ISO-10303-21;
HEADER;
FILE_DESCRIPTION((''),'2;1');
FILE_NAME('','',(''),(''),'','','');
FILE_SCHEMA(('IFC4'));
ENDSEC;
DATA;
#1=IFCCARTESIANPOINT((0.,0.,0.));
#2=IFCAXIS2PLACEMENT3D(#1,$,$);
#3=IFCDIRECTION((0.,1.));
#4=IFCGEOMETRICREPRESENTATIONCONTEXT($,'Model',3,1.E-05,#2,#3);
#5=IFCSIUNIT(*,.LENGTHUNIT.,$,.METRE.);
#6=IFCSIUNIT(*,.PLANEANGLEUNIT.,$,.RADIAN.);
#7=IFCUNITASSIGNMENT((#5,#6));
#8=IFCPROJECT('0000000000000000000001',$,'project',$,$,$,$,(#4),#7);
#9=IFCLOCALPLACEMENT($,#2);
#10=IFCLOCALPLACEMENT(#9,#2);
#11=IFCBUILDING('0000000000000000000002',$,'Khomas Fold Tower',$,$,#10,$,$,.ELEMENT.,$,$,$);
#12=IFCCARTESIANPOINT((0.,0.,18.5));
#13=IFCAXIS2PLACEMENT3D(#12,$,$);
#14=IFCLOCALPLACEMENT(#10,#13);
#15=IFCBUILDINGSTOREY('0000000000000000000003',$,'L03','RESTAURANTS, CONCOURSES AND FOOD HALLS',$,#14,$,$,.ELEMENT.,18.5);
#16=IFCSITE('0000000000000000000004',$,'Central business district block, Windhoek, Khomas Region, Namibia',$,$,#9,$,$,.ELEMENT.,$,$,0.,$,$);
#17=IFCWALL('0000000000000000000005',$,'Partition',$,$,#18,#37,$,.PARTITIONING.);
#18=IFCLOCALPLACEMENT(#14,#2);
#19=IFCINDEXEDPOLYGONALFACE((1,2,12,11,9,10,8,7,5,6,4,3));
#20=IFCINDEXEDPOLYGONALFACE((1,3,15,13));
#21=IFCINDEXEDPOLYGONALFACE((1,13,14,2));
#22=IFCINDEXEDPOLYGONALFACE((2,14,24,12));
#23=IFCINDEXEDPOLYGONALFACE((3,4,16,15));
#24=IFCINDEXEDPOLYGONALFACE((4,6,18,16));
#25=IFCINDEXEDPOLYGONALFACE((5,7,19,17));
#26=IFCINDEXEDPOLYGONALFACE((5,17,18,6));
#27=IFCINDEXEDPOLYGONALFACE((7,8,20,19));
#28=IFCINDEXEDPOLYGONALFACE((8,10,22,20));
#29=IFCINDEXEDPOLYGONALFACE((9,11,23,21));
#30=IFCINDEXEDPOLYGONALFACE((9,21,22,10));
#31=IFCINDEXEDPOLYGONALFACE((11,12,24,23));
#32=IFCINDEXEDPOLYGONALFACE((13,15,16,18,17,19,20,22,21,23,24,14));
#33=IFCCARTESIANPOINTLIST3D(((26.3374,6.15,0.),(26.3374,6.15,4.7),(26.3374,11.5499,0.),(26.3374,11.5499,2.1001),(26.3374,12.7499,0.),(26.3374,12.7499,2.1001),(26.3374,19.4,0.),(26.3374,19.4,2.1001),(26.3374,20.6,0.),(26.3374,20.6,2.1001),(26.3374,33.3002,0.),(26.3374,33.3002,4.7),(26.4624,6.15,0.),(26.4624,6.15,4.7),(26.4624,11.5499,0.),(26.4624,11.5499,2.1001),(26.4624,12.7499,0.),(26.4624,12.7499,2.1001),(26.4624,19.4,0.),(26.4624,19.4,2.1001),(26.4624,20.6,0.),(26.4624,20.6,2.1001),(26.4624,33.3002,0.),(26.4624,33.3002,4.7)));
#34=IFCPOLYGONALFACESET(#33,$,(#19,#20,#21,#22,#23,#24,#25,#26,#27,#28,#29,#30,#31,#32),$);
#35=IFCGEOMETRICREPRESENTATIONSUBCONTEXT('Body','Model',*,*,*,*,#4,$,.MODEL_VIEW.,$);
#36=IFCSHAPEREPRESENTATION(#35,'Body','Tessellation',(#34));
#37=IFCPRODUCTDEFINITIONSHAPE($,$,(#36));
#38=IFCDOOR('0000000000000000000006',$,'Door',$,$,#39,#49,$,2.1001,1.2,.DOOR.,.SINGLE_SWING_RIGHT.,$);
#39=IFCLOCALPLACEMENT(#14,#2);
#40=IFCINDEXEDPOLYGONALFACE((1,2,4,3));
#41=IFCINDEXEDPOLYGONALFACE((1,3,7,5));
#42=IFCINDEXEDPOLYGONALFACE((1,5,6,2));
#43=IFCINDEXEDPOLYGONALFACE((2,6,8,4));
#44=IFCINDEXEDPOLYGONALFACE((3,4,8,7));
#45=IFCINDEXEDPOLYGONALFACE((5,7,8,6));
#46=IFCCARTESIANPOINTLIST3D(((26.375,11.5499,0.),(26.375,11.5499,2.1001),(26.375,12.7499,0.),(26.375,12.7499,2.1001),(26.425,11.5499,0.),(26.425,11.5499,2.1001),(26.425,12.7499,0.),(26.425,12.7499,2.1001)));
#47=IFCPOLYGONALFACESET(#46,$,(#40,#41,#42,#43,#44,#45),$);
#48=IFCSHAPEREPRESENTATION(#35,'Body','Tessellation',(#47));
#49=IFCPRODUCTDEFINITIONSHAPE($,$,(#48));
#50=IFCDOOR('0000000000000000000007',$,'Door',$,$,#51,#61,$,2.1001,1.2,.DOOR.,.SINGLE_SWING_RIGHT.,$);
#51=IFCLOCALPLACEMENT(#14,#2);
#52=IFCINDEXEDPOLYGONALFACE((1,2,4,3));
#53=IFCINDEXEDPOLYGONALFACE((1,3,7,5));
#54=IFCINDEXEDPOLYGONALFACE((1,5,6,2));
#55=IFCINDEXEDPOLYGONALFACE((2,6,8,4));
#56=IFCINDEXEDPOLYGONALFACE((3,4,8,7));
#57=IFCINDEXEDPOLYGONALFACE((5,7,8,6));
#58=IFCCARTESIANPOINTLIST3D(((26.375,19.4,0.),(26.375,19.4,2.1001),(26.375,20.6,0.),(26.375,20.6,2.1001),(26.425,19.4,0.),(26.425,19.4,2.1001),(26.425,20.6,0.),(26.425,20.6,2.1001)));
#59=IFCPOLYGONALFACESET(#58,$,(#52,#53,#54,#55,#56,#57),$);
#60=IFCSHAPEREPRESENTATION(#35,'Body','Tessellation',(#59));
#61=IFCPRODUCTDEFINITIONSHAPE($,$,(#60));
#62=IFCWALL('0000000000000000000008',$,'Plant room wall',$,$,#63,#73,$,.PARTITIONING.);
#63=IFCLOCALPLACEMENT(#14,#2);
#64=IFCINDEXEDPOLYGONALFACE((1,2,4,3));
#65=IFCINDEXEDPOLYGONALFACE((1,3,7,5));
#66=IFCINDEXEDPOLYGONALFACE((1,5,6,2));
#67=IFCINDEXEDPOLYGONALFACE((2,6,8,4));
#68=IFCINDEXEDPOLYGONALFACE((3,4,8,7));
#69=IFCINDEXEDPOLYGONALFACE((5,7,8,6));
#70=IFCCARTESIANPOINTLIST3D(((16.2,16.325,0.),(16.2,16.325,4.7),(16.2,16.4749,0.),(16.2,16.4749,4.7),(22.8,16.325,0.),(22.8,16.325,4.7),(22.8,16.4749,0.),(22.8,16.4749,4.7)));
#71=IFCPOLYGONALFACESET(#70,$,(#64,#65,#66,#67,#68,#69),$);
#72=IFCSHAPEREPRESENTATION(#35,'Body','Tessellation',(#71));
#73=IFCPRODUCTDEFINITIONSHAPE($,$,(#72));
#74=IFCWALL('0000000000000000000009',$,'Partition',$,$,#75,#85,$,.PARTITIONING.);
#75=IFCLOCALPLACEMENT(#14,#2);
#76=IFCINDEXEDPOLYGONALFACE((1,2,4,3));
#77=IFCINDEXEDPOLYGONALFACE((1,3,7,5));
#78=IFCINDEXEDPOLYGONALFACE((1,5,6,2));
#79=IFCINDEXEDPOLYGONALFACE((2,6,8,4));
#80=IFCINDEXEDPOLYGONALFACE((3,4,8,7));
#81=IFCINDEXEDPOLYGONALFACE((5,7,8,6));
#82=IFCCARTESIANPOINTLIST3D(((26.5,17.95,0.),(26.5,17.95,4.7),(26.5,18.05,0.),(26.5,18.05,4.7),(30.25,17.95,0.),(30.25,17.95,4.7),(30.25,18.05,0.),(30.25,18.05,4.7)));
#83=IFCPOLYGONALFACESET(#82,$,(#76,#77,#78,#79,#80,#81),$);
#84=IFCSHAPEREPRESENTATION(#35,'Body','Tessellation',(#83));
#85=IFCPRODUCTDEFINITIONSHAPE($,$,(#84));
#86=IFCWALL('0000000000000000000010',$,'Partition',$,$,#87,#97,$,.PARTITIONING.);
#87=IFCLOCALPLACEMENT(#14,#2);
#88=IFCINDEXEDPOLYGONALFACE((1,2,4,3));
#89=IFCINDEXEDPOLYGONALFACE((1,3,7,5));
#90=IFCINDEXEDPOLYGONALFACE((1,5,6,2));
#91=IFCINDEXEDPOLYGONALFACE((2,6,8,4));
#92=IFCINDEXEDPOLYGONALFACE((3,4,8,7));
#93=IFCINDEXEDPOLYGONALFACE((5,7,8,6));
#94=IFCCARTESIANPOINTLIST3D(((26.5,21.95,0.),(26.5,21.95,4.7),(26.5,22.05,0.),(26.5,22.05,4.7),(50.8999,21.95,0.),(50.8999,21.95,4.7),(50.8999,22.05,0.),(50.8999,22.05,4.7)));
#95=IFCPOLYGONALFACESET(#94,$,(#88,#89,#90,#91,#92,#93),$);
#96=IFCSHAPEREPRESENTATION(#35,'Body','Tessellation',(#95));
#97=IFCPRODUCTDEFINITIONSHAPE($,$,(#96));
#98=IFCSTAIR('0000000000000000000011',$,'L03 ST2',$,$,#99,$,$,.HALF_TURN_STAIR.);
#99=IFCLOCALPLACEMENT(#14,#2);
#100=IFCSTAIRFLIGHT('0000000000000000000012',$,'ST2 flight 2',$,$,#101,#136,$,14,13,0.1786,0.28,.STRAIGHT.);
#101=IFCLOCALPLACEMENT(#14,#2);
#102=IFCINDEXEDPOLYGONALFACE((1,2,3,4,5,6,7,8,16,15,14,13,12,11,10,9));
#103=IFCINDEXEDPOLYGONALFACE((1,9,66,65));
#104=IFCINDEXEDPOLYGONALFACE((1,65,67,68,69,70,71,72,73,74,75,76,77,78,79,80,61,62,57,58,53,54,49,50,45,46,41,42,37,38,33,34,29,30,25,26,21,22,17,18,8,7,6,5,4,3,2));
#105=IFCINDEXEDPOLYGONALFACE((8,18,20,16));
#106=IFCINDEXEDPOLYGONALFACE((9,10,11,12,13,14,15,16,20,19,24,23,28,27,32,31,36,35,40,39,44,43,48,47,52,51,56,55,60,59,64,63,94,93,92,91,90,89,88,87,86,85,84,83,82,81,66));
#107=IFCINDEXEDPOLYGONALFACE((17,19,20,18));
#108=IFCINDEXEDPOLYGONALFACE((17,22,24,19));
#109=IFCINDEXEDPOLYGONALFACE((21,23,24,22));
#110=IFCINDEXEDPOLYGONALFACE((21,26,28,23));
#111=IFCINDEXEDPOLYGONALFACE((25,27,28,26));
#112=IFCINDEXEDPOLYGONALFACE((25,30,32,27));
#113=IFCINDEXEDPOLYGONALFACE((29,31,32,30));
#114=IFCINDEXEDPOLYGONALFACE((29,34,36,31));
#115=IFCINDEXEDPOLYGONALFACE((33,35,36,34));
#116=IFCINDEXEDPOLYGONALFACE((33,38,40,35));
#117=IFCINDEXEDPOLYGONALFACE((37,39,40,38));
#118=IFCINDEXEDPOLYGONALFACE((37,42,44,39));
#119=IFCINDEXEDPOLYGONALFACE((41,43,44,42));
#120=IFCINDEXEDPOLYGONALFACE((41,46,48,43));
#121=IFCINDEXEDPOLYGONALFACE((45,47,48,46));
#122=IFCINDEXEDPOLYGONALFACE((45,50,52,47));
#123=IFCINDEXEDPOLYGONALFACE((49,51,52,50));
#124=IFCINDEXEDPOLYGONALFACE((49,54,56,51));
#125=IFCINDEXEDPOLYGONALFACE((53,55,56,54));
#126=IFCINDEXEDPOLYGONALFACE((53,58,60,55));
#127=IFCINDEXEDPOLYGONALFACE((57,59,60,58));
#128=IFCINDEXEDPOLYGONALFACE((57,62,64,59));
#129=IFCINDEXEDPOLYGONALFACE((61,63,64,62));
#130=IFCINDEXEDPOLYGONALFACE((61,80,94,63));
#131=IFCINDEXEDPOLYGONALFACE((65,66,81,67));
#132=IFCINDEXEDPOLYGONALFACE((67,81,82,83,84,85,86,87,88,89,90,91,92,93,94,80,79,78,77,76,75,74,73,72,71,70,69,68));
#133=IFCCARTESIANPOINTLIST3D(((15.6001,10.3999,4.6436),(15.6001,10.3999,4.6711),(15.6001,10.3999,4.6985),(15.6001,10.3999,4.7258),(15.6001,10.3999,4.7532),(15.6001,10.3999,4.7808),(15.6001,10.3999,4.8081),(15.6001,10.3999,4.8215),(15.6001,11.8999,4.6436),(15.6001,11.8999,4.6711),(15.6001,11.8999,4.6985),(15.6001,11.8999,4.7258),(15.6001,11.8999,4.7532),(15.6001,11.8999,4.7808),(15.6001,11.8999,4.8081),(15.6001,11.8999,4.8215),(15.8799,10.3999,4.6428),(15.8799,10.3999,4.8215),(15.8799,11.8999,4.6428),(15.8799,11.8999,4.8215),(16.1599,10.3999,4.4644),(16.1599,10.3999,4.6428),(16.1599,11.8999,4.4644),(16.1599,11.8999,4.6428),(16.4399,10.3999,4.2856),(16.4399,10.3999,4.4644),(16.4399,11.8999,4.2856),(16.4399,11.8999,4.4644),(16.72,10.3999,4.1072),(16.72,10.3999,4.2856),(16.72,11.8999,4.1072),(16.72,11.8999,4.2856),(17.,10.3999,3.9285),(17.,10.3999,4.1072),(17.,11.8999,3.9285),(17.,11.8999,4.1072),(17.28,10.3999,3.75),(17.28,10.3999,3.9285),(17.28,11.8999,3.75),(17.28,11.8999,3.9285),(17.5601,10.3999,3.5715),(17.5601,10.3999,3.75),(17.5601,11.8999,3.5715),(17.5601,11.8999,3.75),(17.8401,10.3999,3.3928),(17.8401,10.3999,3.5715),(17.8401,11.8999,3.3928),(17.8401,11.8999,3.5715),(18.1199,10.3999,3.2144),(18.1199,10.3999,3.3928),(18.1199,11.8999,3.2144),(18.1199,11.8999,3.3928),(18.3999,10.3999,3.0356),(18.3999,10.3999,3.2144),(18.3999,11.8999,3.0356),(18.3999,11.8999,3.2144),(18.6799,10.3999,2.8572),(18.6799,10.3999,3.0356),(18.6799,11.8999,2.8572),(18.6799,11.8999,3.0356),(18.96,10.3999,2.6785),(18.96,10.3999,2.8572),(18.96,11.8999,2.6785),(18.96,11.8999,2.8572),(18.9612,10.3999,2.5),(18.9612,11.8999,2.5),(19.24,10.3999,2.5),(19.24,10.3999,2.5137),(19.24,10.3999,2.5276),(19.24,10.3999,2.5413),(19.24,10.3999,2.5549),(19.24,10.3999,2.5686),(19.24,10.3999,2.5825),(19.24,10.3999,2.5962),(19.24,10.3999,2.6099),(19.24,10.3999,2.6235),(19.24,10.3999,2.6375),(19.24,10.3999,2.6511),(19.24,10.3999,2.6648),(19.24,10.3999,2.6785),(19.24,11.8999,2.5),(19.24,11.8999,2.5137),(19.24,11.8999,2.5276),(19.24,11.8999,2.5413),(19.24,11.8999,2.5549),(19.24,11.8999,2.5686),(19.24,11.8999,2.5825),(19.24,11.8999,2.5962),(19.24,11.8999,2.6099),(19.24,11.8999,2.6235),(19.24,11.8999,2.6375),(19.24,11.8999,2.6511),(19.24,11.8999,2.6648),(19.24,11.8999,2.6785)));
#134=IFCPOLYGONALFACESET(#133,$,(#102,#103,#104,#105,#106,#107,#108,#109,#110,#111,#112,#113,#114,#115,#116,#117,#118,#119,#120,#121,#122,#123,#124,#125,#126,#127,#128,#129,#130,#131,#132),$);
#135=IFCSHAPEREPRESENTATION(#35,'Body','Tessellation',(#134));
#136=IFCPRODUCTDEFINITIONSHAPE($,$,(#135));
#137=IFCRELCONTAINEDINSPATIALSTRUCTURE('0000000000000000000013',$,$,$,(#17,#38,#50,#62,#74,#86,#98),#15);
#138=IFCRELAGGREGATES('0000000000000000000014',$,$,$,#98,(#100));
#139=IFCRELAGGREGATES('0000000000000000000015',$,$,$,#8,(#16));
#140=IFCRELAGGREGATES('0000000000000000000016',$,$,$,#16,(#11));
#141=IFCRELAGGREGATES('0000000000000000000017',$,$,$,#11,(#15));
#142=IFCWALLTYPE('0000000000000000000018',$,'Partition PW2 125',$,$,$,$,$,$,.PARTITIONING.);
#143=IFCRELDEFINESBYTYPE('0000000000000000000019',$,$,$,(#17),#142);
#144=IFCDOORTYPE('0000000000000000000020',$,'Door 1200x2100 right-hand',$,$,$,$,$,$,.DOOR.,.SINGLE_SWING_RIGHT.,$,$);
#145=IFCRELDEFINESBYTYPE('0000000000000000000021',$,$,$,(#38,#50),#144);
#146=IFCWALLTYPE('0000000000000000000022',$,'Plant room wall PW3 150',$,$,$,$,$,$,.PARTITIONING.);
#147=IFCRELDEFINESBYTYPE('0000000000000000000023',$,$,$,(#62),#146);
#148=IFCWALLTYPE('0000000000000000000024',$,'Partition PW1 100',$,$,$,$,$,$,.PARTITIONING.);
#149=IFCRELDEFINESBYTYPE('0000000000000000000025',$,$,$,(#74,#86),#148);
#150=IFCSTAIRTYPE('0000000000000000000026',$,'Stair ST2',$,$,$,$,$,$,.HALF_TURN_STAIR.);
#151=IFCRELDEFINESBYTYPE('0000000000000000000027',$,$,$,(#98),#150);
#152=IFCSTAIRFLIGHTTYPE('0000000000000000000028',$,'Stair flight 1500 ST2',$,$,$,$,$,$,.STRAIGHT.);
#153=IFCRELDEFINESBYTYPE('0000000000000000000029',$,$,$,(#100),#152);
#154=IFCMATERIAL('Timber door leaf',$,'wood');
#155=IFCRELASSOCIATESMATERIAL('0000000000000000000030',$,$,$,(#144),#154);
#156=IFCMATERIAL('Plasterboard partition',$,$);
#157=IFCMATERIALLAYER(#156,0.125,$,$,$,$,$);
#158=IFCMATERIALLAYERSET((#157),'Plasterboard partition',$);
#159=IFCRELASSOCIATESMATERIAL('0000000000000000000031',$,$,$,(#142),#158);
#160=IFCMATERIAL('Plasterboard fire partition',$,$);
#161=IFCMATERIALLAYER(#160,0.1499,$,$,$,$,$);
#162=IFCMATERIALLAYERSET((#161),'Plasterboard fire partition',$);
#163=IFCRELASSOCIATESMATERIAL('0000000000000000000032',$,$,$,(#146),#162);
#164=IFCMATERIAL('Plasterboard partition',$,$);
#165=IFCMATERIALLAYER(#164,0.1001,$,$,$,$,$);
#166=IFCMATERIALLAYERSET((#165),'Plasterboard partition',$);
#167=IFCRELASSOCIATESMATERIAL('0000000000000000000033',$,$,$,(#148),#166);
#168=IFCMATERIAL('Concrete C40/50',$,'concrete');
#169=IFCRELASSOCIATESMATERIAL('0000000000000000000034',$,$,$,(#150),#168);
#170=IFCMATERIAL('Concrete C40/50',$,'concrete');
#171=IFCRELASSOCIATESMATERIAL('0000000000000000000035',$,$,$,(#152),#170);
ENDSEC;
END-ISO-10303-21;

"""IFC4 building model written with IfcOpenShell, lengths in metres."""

from ifc_helpers import new_model, si_unit, direction, frame, frame_2d, origin, place, context, subcontext, project, spatial, polyline, rectangle, outline, extrude, source, transform, mapped, material, layer, layer_set, type_object, element, fill, aggregate, save


model = new_model("IFC4")

# Units and contexts
model_context = context("Model", 3, precision=1e-05, world=origin(), true_north=direction((0.0, 1.0)))
body_context = subcontext(model_context, "Body", "Model", "MODEL_VIEW")
ifc_project = project(units=[si_unit("LENGTHUNIT", "METRE"), si_unit("PLANEANGLEUNIT", "RADIAN")], contexts=[model_context])

# Site, building, storey
site_placement = place(None, origin())
site = spatial("IfcSite", under=ifc_project, at=site_placement, Name="Central business district block, Windhoek, Khomas Region, Namibia", CompositionType="ELEMENT", RefElevation=0.0)
building_placement = place(site_placement, origin())
building = spatial("IfcBuilding", under=site, at=building_placement, Name="Khomas Fold Tower", CompositionType="ELEMENT")
storey_placement = place(building_placement, frame((0.0, 0.0, 18.5)))
storey = spatial("IfcBuildingStorey", under=building, at=storey_placement, Name="L03", Description="RESTAURANTS, CONCOURSES AND FOOD HALLS", CompositionType="ELEMENT", Elevation=18.5)

# Shared definitions
ifc_material_1 = material(Name="Timber door leaf", Category="wood")
door_type_1 = type_object("IfcDoorType", Name="Door 1200x2100 right-hand", OperationType="SINGLE_SWING_RIGHT", PredefinedType="DOOR", material=ifc_material_1)

# Wall, openings, doors
ifc_material_2 = material(Name="Plasterboard partition")
ifc_layer_1 = layer(ifc_material_2, 0.125)
ifc_layer_set_1 = layer_set([ifc_layer_1], Name="Plasterboard partition")
wall_type_1 = type_object("IfcWallType", Name="Partition PW2 125", PredefinedType="PARTITIONING", material=ifc_layer_set_1)
shared_shape_1 = source(origin(), body_context, "Body", "SweptSolid", [
    extrude(rectangle(XDim=27.1501, YDim=0.125, at=frame_2d((13.5752, 0.0))), origin(), (0.0, 0.0, 1.0), 4.7),
])
wall_1_placement = place(storey_placement, frame((26.3999, 6.1499, 0.0), z_axis=(0.0, 0.0, 1.0), x_axis=(0.0, 1.0, 0.0)))
wall_1 = element("IfcWall", 1, at=wall_1_placement, inside=storey, type_object=wall_type_1, Name="Partition", PredefinedType="PARTITIONING", context=body_context, shape_type="MappedRepresentation", body=[
    mapped(shared_shape_1, transform((0.0, 0.0, 0.0))),
])
shared_shape_2 = source(origin(), body_context, "Body", "SweptSolid", [
    extrude(rectangle(XDim=1.2, YDim=2.1001, at=frame_2d((0.6001, 1.05))), frame((0.0, 0.0725, 0.0), z_axis=(0.0, -1.0, 0.0), x_axis=(1.0, 0.0, 0.0)), (0.0, 0.0, 1.0), 0.145),
])
opening_1_placement = place(wall_1_placement, frame((5.3999, 0.0, 0.0)))
opening_1 = element("IfcOpeningElement", 2, at=opening_1_placement, cuts=wall_1, PredefinedType="OPENING", context=body_context, shape_type="MappedRepresentation", body=[
    mapped(shared_shape_2, transform((0.0, 0.0, 0.0))),
])
opening_2_placement = place(wall_1_placement, frame((13.25, 0.0, 0.0)))
opening_2 = element("IfcOpeningElement", 3, at=opening_2_placement, cuts=wall_1, PredefinedType="OPENING", context=body_context, shape_type="MappedRepresentation", body=[
    mapped(shared_shape_2, transform((0.0, 0.0, 0.0))),
])
shared_shape_3 = source(origin(), body_context, "Body", "SweptSolid", [
    extrude(rectangle(XDim=1.2, YDim=2.1001, at=frame_2d((0.6001, 1.05))), frame((0.0, 0.0249, 0.0), z_axis=(0.0, -1.0, 0.0), x_axis=(1.0, 0.0, 0.0)), (0.0, 0.0, 1.0), 0.05),
])
door_1_placement = place(opening_1_placement, origin())
door_1 = element("IfcDoor", 4, at=door_1_placement, inside=storey, type_object=door_type_1, Name="Door", OperationType="SINGLE_SWING_RIGHT", OverallHeight=2.1001, OverallWidth=1.2, PredefinedType="DOOR", context=body_context, shape_type="MappedRepresentation", body=[
    mapped(shared_shape_3, transform((0.0, 0.0, 0.0))),
])
fill(opening_1, door_1)
door_2_placement = place(opening_2_placement, origin())
door_2 = element("IfcDoor", 5, at=door_2_placement, inside=storey, type_object=door_type_1, Name="Door", OperationType="SINGLE_SWING_RIGHT", OverallHeight=2.1001, OverallWidth=1.2, PredefinedType="DOOR", context=body_context, shape_type="MappedRepresentation", body=[
    mapped(shared_shape_3, transform((0.0, 0.0, 0.0))),
])
fill(opening_2, door_2)

# Walls
ifc_material_3 = material(Name="Plasterboard fire partition")
ifc_layer_2 = layer(ifc_material_3, 0.1499)
ifc_layer_set_2 = layer_set([ifc_layer_2], Name="Plasterboard fire partition")
wall_type_2 = type_object("IfcWallType", Name="Plant room wall PW3 150", PredefinedType="PARTITIONING", material=ifc_layer_set_2)
shared_shape_4 = source(origin(), body_context, "Body", "SweptSolid", [
    extrude(rectangle(XDim=6.6001, YDim=0.1499, at=frame_2d((3.3, 0.0))), origin(), (0.0, 0.0, 1.0), 4.7),
])
wall_2_placement = place(storey_placement, frame((16.2, 16.3999, 0.0), z_axis=(0.0, 0.0, 1.0), x_axis=(1.0, 0.0, 0.0)))
element("IfcWall", 6, at=wall_2_placement, inside=storey, type_object=wall_type_2, Name="Plant room wall", PredefinedType="PARTITIONING", context=body_context, shape_type="MappedRepresentation", body=[
    mapped(shared_shape_4, transform((0.0, 0.0, 0.0))),
])
ifc_material_4 = material(Name="Plasterboard partition")
ifc_layer_3 = layer(ifc_material_4, 0.1001)
ifc_layer_set_3 = layer_set([ifc_layer_3], Name="Plasterboard partition")
wall_type_3 = type_object("IfcWallType", Name="Partition PW1 100", PredefinedType="PARTITIONING", material=ifc_layer_set_3)
shared_shape_5 = source(origin(), body_context, "Body", "SweptSolid", [
    extrude(rectangle(XDim=3.75, YDim=0.1001, at=frame_2d((1.875, 0.0))), origin(), (0.0, 0.0, 1.0), 4.7),
])
wall_3_placement = place(storey_placement, frame((26.5, 18.0, 0.0), z_axis=(0.0, 0.0, 1.0), x_axis=(1.0, 0.0, 0.0)))
element("IfcWall", 7, at=wall_3_placement, inside=storey, type_object=wall_type_3, Name="Partition", PredefinedType="PARTITIONING", context=body_context, shape_type="MappedRepresentation", body=[
    mapped(shared_shape_5, transform((0.0, 0.0, 0.0))),
])
shared_shape_6 = source(origin(), body_context, "Body", "SweptSolid", [
    extrude(rectangle(XDim=24.3999, YDim=0.1001, at=frame_2d((12.2, 0.0))), origin(), (0.0, 0.0, 1.0), 4.7),
])
wall_4_placement = place(storey_placement, frame((26.5, 22.0, 0.0), z_axis=(0.0, 0.0, 1.0), x_axis=(1.0, 0.0, 0.0)))
element("IfcWall", 8, at=wall_4_placement, inside=storey, type_object=wall_type_3, Name="Partition", PredefinedType="PARTITIONING", context=body_context, shape_type="MappedRepresentation", body=[
    mapped(shared_shape_6, transform((0.0, 0.0, 0.0))),
])

# Stair, stair flight
ifc_material_5 = material(Name="Concrete C40/50", Category="concrete")
stair_type = type_object("IfcStairType", Name="Stair ST2", PredefinedType="HALF_TURN_STAIR", material=ifc_material_5)
stair_placement = place(storey_placement, origin())
stair = element("IfcStair", 9, at=stair_placement, inside=storey, type_object=stair_type, Name="L03 ST2", PredefinedType="HALF_TURN_STAIR")
ifc_material_6 = material(Name="Concrete C40/50", Category="concrete")
stair_flight_type = type_object("IfcStairFlightType", Name="Stair flight 1500 ST2", PredefinedType="STRAIGHT", material=ifc_material_6)
shared_shape_7 = source(origin(), body_context, "Body", "SweptSolid", [
    extrude(outline(polyline([(0.0, 0.0), (0.0, 0.0137), (0.0, 0.0276), (0.0, 0.0413), (0.0, 0.0549), (0.0, 0.0686), (0.0, 0.0825), (0.0, 0.0962), (0.0, 0.1099), (0.0, 0.1235), (0.0, 0.1375), (0.0, 0.1511), (0.0, 0.1648), (0.0, 0.1785), (0.28, 0.1785), (0.28, 0.3572), (0.5601, 0.3572), (0.5601, 0.5356), (0.8401, 0.5356), (0.8401, 0.7144), (1.1201, 0.7144), (1.1201, 0.8928), (1.3999, 0.8928), (1.3999, 1.0715), (1.6799, 1.0715), (1.6799, 1.25), (1.96, 1.25), (1.96, 1.4285), (2.24, 1.4285), (2.24, 1.6072), (2.52, 1.6072), (2.52, 1.7856), (2.8, 1.7856), (2.8, 1.9644), (3.0801, 1.9644), (3.0801, 2.1428), (3.3601, 2.1428), (3.3601, 2.3215), (3.6399, 2.3215), (3.6399, 2.5), (3.6399, 2.4727), (3.6399, 2.4451), (3.6399, 2.4177), (3.6399, 2.3904), (3.6399, 2.363), (3.6399, 2.3354), (3.6399, 2.3081), (3.6399, 2.2808), (3.6399, 2.2532), (3.6399, 2.2258), (3.6399, 2.1985), (3.6399, 2.1711), (3.6399, 2.1436), (0.2788, 0.0), (0.0, 0.0)])), frame((0.0, 0.75, 0.0), z_axis=(0.0, -1.0, 0.0), x_axis=(1.0, 0.0, 0.0)), (0.0, 0.0, 1.0), 1.5),
])
stair_flight_placement = place(storey_placement, frame((19.24, 11.1499, 2.5), z_axis=(0.0, 0.0, 1.0), x_axis=(-1.0, 0.0, 0.0)))
stair_flight = element("IfcStairFlight", 10, at=stair_flight_placement, type_object=stair_flight_type, Name="ST2 flight 2", NumberOfRisers=14, NumberOfTreads=13, PredefinedType="STRAIGHT", RiserHeight=0.1786, TreadLength=0.28, context=body_context, shape_type="MappedRepresentation", body=[
    mapped(shared_shape_7, transform((0.0, 0.0, 0.0))),
])
aggregate(stair, [stair_flight])

save(model, "model.ifc")
